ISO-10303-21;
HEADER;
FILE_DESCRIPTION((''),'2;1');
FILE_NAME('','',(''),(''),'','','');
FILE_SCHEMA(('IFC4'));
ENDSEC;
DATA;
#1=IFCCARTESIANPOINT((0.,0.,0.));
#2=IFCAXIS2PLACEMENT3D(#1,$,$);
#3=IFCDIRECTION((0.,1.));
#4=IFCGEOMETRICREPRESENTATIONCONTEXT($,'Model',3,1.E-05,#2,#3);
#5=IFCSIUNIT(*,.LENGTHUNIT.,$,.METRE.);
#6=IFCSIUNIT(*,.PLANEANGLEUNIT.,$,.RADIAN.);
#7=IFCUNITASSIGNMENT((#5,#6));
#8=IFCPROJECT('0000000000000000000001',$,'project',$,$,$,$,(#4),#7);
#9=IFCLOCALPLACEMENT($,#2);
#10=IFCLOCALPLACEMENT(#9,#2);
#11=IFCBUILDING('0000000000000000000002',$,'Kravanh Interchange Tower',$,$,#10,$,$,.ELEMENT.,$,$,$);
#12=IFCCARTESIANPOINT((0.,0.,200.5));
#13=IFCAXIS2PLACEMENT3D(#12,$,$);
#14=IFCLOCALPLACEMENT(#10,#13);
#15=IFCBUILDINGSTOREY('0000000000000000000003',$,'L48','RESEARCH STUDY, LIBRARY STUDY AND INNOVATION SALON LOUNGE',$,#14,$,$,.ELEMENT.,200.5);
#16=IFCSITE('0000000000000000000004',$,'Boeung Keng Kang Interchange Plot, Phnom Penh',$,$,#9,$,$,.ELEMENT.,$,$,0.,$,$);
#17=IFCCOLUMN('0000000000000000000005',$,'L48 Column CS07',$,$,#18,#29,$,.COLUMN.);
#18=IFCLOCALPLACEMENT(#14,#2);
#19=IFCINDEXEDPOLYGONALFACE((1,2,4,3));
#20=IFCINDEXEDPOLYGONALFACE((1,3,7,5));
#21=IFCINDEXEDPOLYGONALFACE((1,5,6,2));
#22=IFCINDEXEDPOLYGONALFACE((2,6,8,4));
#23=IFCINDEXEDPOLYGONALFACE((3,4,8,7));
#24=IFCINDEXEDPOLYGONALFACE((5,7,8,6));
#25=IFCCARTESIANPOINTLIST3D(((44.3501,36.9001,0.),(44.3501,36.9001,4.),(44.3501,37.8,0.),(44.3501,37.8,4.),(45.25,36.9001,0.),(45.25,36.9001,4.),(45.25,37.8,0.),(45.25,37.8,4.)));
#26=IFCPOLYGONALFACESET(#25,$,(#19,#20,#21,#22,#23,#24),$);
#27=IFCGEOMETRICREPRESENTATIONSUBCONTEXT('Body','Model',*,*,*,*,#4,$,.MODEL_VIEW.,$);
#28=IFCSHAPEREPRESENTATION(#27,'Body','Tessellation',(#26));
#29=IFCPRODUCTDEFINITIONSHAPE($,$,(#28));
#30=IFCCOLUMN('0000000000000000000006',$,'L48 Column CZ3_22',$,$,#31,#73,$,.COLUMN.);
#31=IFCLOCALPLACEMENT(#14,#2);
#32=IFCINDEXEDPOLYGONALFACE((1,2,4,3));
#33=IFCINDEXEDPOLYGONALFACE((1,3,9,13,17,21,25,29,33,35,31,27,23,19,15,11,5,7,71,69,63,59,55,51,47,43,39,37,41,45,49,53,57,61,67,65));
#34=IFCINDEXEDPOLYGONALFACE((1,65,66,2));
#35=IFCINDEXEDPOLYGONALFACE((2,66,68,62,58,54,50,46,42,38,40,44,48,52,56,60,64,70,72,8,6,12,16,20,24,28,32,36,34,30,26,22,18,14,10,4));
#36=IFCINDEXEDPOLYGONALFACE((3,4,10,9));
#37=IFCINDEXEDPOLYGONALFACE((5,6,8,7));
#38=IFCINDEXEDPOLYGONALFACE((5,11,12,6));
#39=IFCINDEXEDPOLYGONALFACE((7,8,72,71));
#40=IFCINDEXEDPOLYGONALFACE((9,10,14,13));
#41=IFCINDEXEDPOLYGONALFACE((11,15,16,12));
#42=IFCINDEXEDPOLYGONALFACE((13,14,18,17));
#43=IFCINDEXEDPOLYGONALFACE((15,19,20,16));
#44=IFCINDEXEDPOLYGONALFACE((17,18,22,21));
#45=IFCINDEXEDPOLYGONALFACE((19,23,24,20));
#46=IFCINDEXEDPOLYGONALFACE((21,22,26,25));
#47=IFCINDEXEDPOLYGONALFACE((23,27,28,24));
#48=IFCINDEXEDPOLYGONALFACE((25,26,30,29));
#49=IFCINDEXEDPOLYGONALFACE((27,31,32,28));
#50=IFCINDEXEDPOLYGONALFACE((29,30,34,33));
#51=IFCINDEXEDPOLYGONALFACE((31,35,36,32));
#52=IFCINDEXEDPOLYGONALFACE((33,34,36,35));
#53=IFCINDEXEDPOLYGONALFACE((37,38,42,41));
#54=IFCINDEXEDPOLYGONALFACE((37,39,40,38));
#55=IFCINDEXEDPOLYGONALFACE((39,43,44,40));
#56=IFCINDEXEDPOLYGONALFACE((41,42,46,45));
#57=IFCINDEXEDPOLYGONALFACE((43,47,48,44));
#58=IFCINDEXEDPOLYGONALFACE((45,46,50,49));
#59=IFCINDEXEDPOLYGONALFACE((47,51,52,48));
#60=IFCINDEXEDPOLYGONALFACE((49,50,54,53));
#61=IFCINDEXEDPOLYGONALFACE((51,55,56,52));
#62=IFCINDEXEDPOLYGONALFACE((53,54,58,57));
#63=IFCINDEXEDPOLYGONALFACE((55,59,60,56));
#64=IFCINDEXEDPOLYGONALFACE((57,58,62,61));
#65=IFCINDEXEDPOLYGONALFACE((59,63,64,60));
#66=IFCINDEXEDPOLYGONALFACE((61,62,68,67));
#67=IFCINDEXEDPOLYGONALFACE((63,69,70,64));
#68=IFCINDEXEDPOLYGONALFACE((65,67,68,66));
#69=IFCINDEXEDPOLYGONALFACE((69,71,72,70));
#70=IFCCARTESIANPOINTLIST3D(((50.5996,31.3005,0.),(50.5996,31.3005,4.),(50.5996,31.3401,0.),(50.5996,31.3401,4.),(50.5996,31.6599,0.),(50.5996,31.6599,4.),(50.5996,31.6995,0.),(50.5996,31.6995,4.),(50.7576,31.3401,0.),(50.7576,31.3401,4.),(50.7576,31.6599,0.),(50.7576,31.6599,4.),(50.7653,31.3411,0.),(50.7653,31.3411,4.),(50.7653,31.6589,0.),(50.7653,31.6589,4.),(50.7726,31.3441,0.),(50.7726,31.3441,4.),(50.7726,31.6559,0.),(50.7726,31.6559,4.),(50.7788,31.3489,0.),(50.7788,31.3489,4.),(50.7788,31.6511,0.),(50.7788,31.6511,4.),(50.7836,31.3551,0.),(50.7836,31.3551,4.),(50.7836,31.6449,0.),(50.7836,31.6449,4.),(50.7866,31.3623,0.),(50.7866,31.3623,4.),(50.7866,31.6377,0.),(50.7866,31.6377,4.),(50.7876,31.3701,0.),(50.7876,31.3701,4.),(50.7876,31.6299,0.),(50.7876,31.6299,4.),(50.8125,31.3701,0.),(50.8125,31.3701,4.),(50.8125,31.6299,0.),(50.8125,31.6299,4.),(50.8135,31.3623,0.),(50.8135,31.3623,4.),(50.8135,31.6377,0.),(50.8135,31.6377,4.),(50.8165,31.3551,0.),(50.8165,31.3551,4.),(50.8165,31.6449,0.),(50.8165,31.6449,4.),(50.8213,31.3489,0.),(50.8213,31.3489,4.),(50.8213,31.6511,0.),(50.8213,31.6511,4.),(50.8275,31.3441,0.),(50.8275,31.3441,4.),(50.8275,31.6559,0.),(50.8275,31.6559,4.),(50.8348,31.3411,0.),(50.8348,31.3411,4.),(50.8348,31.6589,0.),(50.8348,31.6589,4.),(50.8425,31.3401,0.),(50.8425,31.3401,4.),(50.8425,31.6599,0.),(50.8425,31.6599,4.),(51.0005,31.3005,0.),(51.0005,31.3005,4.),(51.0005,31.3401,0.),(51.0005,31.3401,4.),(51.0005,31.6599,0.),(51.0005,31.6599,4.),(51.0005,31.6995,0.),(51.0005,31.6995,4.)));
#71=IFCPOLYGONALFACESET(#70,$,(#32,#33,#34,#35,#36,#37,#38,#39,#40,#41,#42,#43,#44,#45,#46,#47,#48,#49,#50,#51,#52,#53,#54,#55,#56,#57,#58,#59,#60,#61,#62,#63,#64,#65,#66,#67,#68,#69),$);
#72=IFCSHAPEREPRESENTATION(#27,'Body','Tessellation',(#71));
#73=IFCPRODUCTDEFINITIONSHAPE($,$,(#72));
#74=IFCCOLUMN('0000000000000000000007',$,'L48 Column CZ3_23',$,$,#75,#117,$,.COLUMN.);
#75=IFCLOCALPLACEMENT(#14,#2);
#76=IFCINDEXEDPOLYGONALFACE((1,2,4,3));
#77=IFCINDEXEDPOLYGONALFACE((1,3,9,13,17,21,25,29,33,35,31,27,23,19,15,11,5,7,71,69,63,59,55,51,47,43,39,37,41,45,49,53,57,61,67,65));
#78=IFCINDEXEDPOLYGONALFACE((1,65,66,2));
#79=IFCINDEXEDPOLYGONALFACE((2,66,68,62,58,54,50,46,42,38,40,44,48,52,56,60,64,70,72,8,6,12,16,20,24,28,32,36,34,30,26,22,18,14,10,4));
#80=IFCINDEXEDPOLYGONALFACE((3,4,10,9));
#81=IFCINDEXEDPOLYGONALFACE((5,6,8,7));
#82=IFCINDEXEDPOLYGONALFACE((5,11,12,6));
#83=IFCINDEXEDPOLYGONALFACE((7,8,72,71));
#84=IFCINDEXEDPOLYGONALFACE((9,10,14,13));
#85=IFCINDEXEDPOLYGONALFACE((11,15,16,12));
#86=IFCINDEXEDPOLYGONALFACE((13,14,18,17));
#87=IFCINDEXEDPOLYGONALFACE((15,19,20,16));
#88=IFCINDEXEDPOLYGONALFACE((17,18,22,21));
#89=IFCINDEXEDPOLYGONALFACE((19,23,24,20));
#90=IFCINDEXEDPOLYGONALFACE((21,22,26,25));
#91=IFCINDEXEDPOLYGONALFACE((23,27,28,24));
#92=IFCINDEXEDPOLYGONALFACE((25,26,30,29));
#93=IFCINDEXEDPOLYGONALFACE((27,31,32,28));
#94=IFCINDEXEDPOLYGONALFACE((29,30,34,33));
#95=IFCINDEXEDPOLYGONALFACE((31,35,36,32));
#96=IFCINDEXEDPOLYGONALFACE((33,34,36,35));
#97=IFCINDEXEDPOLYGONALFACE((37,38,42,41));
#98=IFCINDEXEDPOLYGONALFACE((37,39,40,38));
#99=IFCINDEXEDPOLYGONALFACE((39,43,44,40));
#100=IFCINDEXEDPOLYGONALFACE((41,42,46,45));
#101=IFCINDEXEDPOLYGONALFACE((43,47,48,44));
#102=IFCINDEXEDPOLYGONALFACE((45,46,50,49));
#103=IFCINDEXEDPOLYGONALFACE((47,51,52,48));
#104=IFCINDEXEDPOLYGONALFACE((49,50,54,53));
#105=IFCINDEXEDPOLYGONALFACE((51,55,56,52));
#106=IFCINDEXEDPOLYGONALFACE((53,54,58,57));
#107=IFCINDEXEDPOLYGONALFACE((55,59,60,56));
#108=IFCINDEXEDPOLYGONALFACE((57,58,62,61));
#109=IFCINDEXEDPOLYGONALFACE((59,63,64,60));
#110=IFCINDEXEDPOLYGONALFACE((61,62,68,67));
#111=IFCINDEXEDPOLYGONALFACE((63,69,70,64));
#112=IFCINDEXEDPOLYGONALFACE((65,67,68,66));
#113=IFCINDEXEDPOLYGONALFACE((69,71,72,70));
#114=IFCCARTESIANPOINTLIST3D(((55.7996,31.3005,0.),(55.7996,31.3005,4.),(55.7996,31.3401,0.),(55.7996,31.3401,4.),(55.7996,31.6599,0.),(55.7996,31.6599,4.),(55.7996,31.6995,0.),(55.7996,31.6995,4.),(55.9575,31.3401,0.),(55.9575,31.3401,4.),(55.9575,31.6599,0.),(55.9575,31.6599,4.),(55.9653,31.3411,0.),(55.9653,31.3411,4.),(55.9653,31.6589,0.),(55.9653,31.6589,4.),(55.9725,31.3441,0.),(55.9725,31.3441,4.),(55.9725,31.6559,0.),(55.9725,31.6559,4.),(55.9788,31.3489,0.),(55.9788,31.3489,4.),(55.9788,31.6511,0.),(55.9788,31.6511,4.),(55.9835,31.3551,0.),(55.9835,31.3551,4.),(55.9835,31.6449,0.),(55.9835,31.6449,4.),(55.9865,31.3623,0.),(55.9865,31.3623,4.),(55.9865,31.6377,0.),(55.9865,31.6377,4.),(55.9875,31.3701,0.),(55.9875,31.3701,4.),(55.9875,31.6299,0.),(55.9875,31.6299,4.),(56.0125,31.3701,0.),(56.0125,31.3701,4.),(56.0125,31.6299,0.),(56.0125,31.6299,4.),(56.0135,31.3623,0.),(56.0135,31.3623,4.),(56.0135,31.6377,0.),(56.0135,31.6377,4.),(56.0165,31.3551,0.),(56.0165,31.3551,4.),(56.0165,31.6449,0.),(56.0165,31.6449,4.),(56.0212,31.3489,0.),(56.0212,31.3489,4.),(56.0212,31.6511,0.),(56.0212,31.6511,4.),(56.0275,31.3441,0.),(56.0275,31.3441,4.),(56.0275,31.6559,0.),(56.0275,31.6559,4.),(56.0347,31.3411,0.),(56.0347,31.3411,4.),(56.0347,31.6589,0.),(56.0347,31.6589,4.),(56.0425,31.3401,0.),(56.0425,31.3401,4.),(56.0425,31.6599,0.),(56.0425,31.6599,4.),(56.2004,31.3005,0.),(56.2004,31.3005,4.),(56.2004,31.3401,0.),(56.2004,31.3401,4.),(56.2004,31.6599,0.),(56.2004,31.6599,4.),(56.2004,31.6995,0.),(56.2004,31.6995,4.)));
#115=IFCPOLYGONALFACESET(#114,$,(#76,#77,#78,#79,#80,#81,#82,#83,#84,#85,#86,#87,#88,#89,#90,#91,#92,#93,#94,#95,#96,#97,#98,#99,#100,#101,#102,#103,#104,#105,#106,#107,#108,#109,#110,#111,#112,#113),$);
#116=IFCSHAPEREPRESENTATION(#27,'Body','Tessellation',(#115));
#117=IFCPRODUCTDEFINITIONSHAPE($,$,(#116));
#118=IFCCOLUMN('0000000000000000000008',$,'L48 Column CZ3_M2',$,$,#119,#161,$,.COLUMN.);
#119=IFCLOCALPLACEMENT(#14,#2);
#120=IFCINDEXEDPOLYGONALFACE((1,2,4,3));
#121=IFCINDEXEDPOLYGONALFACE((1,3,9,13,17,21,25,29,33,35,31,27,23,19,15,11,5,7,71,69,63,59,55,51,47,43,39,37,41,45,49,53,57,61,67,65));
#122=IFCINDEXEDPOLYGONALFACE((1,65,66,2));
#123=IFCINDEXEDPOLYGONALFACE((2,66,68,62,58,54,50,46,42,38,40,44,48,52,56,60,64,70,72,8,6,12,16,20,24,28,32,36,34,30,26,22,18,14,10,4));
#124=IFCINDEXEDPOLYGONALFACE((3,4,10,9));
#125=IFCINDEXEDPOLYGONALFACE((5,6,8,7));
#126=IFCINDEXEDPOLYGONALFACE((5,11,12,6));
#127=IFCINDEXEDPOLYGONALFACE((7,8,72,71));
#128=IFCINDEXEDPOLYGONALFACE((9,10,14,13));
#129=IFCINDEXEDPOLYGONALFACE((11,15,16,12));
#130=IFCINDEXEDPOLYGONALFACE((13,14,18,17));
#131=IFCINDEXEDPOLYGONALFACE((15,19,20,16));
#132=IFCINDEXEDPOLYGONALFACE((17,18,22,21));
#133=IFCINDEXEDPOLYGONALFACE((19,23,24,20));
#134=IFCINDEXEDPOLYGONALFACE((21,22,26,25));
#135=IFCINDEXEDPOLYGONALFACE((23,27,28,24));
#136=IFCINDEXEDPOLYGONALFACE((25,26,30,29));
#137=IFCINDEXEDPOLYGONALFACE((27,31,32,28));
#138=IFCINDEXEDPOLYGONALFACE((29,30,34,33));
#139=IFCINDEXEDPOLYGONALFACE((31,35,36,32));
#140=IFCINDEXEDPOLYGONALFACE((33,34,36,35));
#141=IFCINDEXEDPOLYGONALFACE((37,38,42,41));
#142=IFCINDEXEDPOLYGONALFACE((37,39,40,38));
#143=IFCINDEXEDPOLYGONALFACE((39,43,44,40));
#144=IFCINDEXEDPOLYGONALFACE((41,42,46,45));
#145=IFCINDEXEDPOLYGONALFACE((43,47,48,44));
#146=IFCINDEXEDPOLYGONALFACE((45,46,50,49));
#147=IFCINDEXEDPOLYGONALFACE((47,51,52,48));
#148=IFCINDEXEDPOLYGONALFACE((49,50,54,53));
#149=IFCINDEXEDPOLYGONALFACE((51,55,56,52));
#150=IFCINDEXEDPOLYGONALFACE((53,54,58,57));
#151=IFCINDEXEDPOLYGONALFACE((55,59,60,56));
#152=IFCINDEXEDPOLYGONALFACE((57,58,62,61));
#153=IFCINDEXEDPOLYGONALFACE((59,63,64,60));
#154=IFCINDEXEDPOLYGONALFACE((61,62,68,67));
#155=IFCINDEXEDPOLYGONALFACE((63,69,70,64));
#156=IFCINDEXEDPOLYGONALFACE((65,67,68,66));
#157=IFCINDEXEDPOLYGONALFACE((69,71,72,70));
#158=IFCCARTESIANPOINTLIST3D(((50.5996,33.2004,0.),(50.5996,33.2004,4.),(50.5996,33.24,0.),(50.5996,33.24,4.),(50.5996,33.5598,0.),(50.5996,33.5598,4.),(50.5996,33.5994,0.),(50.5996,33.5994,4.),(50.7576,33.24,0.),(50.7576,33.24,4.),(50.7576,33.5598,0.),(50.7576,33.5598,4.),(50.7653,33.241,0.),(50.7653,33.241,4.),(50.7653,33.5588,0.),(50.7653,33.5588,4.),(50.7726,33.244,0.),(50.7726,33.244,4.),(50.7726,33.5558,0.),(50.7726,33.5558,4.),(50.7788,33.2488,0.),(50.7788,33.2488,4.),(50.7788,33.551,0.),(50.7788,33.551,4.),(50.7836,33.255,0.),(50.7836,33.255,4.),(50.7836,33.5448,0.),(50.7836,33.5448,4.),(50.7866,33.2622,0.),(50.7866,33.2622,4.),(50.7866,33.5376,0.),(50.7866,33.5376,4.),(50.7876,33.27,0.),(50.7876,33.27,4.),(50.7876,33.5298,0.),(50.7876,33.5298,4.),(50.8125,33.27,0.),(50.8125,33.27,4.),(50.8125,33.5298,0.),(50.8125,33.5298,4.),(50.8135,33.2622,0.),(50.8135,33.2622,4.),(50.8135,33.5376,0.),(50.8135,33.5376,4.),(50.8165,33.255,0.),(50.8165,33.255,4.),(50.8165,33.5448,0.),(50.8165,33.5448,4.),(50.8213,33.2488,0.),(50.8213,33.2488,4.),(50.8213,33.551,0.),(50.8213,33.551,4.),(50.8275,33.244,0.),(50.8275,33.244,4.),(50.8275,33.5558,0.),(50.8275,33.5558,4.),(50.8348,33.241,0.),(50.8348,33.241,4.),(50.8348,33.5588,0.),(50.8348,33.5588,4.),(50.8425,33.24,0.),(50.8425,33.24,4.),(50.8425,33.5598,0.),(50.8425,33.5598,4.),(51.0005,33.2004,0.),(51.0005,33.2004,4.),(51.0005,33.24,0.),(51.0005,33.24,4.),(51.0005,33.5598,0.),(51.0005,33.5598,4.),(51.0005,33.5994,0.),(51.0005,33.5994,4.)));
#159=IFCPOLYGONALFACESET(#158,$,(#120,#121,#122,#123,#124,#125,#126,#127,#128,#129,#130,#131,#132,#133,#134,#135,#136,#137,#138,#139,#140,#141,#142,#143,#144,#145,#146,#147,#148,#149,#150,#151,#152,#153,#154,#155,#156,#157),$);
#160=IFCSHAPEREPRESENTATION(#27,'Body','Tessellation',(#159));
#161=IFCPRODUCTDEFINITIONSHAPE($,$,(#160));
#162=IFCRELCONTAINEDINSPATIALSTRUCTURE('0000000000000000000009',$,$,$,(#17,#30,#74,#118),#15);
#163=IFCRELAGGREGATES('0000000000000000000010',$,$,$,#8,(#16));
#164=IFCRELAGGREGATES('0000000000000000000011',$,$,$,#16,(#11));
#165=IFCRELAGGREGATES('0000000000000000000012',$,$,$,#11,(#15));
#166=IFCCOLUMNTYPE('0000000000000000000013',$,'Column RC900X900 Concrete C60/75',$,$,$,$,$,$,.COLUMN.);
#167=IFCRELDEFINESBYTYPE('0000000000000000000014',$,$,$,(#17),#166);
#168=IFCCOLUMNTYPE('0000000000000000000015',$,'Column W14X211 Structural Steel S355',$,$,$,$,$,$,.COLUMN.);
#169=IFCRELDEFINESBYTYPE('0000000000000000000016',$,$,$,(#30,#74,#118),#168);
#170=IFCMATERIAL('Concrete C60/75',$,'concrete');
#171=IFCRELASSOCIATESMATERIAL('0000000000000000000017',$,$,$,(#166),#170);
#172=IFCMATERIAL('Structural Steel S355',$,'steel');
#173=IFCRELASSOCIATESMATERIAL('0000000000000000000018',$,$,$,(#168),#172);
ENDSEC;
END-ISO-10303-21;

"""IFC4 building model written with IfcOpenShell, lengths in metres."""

from ifc_helpers import new_model, si_unit, direction, frame, origin, origin_2d, place, context, subcontext, project, spatial, rectangle, i_section, extrude, material, material_profile, profile_set, type_object, element, save


model = new_model("IFC4")

# Units and contexts
model_context = context("Model", 3, precision=1e-05, world=origin(), true_north=direction((0.0, 1.0)))
body_context = subcontext(model_context, "Body", "Model", "MODEL_VIEW")
ifc_project = project(units=[si_unit("LENGTHUNIT", "METRE"), si_unit("PLANEANGLEUNIT", "RADIAN")], contexts=[model_context])

# Site, building, storey
site_placement = place(None, origin())
site = spatial("IfcSite", under=ifc_project, at=site_placement, Name="Boeung Keng Kang Interchange Plot, Phnom Penh", CompositionType="ELEMENT", RefElevation=0.0)
building_placement = place(site_placement, origin())
building = spatial("IfcBuilding", under=site, at=building_placement, Name="Kravanh Interchange Tower", CompositionType="ELEMENT")
storey_placement = place(building_placement, frame((0.0, 0.0, 200.5)))
storey = spatial("IfcBuildingStorey", under=building, at=storey_placement, Name="L48", Description="RESEARCH STUDY, LIBRARY STUDY AND INNOVATION SALON LOUNGE", CompositionType="ELEMENT", Elevation=200.5)

# Columns
ifc_material_1 = material(Name="Concrete C60/75", Category="concrete")
ifc_material_profile_1 = material_profile(ifc_material_1, rectangle(XDim=0.8999, YDim=0.8999, at=origin_2d()), Name="RC900X900")
ifc_profile_set_1 = profile_set([ifc_material_profile_1], Name="Concrete C60/75")
column_type_1 = type_object("IfcColumnType", Name="Column RC900X900 Concrete C60/75", PredefinedType="COLUMN", material=ifc_profile_set_1)
column_placement = place(storey_placement, frame((44.8, 37.3501, 0.0), z_axis=(0.0, 0.0, 1.0), x_axis=(1.0, 0.0, 0.0)))
element("IfcColumn", 1, at=column_placement, inside=storey, type_object=column_type_1, Name="L48 Column CS07", PredefinedType="COLUMN", context=body_context, shape_type="SweptSolid", body=[
    extrude(rectangle(XDim=0.8999, YDim=0.8999, at=origin_2d()), origin(), (0.0, 0.0, 1.0), 4.0),
])
ifc_material_2 = material(Name="Structural Steel S355", Category="steel")
ifc_material_profile_2 = material_profile(ifc_material_2, i_section(OverallWidth=0.4009, OverallDepth=0.3989, WebThickness=0.0249, FlangeThickness=0.0396, FilletRadius=0.03, at=origin_2d()), Name="W14X211")
ifc_profile_set_2 = profile_set([ifc_material_profile_2], Name="Structural Steel S355")
column_type_2 = type_object("IfcColumnType", Name="Column W14X211 Structural Steel S355", PredefinedType="COLUMN", material=ifc_profile_set_2)
for number, where, z_axis, x_axis, name in (
    (2, (50.8, 31.5, 0.0), (0.0, 0.0, 1.0), (1.0, 0.0, 0.0), "L48 Column CZ3_22"),
    (3, (56.0, 31.5, 0.0), (0.0, 0.0, 1.0), (1.0, 0.0, 0.0), "L48 Column CZ3_23"),
    (4, (50.8, 33.3999, 0.0), (0.0, 0.0, 1.0), (1.0, 0.0, 0.0), "L48 Column CZ3_M2"),
):
    element("IfcColumn", number, at=place(storey_placement, frame(where, z_axis=z_axis, x_axis=x_axis)), inside=storey, type_object=column_type_2, Name=name, PredefinedType="COLUMN", context=body_context, shape_type="SweptSolid", body=[
        extrude(i_section(OverallWidth=0.4009, OverallDepth=0.3989, WebThickness=0.0249, FlangeThickness=0.0396, FilletRadius=0.03, at=origin_2d()), origin(), (0.0, 0.0, 1.0), 4.0),
    ])

save(model, "model.ifc")
